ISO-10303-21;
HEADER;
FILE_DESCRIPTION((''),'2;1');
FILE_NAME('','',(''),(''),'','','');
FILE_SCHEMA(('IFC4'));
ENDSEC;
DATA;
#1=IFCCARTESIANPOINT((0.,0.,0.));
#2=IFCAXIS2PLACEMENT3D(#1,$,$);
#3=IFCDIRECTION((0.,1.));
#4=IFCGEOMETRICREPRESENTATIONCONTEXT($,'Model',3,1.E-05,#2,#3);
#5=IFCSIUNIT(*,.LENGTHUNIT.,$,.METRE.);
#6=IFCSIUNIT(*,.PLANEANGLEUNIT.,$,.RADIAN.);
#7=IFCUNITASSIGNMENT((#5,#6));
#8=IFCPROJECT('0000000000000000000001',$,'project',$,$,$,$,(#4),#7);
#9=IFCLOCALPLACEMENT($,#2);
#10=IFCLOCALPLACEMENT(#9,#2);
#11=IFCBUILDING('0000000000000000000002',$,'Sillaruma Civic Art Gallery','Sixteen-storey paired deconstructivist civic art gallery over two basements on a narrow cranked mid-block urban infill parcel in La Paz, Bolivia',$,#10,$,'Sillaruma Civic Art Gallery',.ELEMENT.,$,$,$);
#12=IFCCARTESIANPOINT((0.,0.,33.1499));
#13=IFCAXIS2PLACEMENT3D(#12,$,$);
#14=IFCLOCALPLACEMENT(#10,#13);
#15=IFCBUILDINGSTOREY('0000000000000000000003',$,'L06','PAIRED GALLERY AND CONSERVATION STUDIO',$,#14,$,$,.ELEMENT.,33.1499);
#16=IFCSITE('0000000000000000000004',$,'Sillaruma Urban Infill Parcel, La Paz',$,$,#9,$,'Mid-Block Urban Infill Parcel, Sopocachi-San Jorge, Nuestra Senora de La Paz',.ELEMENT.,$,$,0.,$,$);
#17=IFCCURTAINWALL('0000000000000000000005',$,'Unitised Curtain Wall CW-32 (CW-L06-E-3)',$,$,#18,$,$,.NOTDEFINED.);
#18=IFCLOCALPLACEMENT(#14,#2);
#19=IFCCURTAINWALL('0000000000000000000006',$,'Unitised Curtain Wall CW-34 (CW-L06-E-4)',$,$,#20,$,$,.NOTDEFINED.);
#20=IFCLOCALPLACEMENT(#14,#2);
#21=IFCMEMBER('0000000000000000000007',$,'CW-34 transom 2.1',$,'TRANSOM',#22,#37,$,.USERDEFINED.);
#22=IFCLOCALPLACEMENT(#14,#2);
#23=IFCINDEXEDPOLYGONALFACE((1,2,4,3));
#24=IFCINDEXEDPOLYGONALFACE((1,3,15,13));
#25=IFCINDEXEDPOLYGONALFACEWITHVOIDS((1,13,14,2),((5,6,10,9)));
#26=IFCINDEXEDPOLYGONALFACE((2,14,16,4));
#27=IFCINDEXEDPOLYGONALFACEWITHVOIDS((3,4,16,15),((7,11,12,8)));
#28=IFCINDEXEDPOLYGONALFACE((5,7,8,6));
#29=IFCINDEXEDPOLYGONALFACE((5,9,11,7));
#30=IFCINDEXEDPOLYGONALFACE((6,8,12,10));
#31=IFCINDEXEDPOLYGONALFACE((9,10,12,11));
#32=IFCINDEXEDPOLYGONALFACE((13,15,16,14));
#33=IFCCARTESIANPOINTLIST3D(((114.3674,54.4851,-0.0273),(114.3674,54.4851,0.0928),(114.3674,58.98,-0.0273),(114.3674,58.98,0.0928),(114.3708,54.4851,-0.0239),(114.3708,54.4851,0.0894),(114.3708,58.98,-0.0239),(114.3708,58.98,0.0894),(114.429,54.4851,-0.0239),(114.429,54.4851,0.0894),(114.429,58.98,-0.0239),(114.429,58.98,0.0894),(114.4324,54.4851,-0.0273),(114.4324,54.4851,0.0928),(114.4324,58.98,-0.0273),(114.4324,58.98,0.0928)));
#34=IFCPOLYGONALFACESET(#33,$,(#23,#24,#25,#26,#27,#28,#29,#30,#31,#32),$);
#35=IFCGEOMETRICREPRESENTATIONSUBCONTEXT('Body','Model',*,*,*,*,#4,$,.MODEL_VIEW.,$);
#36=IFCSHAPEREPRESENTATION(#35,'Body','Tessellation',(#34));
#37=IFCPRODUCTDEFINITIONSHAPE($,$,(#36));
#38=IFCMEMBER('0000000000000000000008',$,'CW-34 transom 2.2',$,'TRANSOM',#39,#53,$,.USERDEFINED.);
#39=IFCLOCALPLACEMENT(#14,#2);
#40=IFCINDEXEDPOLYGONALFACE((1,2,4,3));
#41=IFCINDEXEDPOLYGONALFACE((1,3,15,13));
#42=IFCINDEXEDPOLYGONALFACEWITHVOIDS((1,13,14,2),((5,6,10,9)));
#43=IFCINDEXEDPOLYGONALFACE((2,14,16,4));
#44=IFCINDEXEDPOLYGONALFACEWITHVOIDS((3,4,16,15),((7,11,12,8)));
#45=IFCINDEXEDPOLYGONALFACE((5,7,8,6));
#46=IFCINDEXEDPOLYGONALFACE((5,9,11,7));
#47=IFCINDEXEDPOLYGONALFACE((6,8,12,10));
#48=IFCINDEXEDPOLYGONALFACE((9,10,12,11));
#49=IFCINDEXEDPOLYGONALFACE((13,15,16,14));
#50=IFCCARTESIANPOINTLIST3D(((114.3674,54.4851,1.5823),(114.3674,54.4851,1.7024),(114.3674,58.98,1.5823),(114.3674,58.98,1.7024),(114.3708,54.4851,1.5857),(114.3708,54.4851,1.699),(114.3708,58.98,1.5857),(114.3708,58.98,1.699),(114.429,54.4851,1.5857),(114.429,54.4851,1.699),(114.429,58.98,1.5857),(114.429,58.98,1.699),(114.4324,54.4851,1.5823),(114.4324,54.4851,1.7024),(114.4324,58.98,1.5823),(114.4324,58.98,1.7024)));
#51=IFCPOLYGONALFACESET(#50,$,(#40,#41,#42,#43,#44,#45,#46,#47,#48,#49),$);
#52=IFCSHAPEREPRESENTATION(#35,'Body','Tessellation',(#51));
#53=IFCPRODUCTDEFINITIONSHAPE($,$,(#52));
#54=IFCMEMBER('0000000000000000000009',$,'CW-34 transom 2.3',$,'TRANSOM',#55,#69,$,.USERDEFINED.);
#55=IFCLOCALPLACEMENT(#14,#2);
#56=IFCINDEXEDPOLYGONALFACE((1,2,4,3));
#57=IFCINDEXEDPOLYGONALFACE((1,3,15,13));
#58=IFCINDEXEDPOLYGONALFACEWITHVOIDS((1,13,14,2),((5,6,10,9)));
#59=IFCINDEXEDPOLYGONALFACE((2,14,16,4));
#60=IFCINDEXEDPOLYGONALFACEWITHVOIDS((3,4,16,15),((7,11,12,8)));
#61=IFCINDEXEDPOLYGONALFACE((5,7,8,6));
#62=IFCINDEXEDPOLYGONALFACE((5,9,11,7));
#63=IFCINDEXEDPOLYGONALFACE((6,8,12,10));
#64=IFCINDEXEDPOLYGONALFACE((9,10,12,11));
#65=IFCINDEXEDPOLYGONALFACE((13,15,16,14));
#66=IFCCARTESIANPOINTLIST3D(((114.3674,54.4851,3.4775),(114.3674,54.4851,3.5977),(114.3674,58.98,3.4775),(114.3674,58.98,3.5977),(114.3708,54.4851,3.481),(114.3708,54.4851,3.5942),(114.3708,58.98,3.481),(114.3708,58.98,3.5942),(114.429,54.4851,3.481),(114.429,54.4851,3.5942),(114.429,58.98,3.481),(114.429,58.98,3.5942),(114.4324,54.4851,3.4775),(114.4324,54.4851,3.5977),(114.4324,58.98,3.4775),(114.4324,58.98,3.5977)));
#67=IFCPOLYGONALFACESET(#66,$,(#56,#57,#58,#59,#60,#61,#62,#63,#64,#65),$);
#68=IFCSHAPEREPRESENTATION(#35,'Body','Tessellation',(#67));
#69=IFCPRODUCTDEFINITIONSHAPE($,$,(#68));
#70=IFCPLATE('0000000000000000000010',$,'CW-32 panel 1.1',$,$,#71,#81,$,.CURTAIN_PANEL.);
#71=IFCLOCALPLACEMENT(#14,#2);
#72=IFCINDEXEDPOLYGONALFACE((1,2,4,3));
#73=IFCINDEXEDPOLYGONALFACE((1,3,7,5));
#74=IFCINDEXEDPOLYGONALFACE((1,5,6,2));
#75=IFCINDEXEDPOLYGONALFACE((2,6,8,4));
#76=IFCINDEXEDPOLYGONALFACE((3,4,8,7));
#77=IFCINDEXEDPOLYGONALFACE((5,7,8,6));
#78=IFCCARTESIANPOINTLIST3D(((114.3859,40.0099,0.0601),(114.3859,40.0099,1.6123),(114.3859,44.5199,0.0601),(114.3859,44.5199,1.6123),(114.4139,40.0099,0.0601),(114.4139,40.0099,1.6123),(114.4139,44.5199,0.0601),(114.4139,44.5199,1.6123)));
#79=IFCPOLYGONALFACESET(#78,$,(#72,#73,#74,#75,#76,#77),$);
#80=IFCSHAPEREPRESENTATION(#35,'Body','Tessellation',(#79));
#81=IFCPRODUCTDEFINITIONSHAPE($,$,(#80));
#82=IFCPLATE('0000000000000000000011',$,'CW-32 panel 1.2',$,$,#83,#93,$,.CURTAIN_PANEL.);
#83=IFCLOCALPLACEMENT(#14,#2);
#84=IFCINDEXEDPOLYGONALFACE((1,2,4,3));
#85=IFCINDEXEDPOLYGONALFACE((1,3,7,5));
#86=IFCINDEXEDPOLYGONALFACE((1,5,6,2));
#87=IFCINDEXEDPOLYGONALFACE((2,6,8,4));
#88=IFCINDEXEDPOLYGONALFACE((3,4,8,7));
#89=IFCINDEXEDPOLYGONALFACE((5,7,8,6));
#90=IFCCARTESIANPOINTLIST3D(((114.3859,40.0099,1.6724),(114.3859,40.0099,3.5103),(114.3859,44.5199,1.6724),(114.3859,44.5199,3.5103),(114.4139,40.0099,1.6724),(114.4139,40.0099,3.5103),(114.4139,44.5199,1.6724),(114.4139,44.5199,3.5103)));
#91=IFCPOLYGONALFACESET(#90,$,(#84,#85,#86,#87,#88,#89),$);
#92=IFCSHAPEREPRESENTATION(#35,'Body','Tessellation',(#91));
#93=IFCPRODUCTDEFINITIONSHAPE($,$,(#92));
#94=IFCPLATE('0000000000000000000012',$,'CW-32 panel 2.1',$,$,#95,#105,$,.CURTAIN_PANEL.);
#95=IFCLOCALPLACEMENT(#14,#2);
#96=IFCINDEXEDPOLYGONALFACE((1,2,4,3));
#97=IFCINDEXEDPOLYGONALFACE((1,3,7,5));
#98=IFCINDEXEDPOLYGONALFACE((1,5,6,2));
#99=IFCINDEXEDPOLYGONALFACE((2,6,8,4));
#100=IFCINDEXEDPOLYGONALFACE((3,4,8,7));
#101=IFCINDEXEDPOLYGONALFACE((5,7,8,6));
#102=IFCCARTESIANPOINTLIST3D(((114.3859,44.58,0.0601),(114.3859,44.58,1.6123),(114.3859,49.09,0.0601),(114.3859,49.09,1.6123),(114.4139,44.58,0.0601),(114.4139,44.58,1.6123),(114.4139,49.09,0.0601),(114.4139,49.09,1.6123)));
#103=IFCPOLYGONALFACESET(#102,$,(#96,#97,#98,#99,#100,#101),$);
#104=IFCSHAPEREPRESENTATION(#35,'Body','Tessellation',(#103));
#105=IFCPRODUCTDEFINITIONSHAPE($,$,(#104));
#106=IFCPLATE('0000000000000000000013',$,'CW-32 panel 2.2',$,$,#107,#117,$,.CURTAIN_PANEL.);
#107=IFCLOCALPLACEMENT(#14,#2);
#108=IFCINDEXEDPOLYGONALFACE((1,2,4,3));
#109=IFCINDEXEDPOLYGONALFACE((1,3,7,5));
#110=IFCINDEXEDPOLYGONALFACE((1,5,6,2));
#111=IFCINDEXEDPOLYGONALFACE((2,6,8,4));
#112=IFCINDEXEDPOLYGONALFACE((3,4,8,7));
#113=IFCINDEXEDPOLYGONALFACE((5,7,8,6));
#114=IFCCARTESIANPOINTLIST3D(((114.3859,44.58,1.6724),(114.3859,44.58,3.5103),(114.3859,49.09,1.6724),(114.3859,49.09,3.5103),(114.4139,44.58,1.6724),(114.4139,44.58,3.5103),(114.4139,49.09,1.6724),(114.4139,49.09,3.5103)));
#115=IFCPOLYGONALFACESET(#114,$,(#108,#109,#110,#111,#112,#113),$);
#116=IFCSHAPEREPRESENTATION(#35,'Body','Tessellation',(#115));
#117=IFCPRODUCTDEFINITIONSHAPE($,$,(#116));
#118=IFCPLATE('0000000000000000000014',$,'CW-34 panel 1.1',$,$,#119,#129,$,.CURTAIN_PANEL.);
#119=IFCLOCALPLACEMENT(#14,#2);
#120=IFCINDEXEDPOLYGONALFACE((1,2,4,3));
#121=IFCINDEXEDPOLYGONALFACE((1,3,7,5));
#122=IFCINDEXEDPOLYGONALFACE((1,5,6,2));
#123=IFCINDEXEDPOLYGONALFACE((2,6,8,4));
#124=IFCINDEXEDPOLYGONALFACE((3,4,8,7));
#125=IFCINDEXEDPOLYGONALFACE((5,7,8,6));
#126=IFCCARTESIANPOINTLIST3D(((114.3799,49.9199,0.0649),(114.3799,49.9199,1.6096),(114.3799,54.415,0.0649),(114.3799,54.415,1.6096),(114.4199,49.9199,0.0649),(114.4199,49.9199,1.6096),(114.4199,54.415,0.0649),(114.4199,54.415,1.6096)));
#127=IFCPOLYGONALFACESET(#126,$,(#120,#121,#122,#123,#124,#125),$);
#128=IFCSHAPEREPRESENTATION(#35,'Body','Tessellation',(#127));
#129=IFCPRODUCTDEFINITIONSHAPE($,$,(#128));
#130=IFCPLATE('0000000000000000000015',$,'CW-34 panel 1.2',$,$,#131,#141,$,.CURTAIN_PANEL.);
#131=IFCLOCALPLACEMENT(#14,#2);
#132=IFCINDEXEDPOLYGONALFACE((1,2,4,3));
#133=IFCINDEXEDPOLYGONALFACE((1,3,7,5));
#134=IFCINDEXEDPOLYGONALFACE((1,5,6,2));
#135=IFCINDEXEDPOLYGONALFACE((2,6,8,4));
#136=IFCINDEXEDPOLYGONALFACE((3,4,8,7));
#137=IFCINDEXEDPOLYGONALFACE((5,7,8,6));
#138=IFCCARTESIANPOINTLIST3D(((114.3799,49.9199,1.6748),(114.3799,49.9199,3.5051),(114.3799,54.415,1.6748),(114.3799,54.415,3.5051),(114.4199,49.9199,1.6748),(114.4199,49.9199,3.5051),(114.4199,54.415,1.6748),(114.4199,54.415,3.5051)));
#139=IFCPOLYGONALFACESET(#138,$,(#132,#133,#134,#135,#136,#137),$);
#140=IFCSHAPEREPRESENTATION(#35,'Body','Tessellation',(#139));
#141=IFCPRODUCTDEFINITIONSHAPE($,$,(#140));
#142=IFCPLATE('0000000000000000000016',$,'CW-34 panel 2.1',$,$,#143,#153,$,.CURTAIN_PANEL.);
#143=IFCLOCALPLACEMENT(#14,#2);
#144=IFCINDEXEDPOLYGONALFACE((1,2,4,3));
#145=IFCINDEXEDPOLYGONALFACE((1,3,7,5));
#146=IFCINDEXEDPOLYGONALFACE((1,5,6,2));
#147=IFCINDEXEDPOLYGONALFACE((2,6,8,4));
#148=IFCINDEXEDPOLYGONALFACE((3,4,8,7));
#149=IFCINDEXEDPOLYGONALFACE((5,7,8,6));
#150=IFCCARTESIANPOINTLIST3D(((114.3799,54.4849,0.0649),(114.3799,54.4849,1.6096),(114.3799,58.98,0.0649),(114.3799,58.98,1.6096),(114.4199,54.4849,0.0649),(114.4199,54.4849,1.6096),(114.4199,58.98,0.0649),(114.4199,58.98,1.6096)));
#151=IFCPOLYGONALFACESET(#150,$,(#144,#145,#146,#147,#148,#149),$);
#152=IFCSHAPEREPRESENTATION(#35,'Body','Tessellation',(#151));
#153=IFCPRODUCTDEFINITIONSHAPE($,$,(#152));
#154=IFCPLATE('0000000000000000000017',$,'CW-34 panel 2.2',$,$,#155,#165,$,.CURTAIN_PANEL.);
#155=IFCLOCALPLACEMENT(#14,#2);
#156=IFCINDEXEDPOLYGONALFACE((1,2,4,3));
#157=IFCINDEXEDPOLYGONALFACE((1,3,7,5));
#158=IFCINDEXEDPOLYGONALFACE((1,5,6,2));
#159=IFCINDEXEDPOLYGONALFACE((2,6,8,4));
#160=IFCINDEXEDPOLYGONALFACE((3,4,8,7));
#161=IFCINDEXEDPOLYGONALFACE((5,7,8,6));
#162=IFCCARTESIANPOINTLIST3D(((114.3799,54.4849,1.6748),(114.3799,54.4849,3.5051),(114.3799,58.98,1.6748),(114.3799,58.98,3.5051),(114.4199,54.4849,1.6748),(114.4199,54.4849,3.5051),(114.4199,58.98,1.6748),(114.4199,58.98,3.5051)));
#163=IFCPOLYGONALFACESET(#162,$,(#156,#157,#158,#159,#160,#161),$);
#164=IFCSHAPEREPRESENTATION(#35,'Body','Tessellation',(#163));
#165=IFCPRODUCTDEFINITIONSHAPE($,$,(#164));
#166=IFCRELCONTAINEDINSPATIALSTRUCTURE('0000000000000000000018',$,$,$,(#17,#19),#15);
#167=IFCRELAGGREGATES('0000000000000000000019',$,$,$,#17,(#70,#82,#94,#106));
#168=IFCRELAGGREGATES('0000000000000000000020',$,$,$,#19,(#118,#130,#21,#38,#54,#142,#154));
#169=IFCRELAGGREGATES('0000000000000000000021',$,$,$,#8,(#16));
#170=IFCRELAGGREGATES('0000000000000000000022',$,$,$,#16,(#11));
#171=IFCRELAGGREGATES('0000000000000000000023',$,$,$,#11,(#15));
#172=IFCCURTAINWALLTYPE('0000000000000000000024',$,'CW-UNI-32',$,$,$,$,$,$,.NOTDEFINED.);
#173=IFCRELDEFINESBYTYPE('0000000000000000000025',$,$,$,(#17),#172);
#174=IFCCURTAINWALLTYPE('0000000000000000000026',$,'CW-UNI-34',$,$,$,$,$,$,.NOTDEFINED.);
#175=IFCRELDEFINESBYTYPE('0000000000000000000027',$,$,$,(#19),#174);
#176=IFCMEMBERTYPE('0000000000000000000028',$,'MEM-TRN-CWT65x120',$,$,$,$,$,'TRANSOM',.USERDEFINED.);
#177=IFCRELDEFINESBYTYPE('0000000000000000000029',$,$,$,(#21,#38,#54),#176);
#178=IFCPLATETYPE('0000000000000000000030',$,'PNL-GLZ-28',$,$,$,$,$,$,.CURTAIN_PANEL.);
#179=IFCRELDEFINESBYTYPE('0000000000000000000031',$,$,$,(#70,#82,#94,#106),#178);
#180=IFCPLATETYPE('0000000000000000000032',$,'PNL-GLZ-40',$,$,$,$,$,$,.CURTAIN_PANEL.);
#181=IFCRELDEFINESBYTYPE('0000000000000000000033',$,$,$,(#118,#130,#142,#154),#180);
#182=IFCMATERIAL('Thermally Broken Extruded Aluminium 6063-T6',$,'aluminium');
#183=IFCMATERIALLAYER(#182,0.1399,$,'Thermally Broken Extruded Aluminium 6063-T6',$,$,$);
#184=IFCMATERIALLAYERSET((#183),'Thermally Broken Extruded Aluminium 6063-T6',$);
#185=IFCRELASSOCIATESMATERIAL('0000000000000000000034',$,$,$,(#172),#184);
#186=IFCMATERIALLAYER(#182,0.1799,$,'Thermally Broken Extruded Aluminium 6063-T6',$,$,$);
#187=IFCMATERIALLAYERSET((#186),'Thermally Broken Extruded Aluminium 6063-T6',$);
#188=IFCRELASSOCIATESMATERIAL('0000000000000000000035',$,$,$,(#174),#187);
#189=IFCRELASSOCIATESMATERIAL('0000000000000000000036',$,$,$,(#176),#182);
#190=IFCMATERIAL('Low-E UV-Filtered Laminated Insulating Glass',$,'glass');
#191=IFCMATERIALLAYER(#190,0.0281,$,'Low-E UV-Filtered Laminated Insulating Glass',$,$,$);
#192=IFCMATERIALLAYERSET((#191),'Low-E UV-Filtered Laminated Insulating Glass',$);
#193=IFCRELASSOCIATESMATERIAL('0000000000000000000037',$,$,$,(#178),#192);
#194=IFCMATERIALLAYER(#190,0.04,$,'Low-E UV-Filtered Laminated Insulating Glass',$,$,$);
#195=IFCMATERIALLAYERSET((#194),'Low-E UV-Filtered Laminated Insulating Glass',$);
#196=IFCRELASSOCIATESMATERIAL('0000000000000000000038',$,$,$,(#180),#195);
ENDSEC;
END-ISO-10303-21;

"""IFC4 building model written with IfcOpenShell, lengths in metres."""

from ifc_helpers import new_model, si_unit, direction, frame, origin, origin_2d, place, context, subcontext, project, spatial, rectangle, hollow_rectangle, extrude, material, layer, layer_set, material_profile, profile_set, type_object, element, aggregate, save


model = new_model("IFC4")

# Units and contexts
model_context = context("Model", 3, precision=1e-05, world=origin(), true_north=direction((0.0, 1.0)))
body_context = subcontext(model_context, "Body", "Model", "MODEL_VIEW")
ifc_project = project(units=[si_unit("LENGTHUNIT", "METRE"), si_unit("PLANEANGLEUNIT", "RADIAN")], contexts=[model_context])

# Site, building, storey
site_placement = place(None, origin())
site = spatial("IfcSite", under=ifc_project, at=site_placement, Name="Sillaruma Urban Infill Parcel, La Paz", LongName="Mid-Block Urban Infill Parcel, Sopocachi-San Jorge, Nuestra Senora de La Paz", CompositionType="ELEMENT", RefElevation=0.0)
building_placement = place(site_placement, origin())
building = spatial("IfcBuilding", under=site, at=building_placement, Name="Sillaruma Civic Art Gallery", Description="Sixteen-storey paired deconstructivist civic art gallery over two basements on a narrow cranked mid-block urban infill parcel in La Paz, Bolivia", LongName="Sillaruma Civic Art Gallery", CompositionType="ELEMENT")
storey_placement = place(building_placement, frame((0.0, 0.0, 33.1499)))
storey = spatial("IfcBuildingStorey", under=building, at=storey_placement, Name="L06", Description="PAIRED GALLERY AND CONSERVATION STUDIO", CompositionType="ELEMENT", Elevation=33.1499)

# Curtain walls
ifc_material_1 = material(Name="Thermally Broken Extruded Aluminium 6063-T6", Category="aluminium")
ifc_layer_1 = layer(ifc_material_1, 0.1399, Name="Thermally Broken Extruded Aluminium 6063-T6")
ifc_layer_set_1 = layer_set([ifc_layer_1], Name="Thermally Broken Extruded Aluminium 6063-T6")
curtain_wall_type_1 = type_object("IfcCurtainWallType", Name="CW-UNI-32", PredefinedType="NOTDEFINED", material=ifc_layer_set_1)
curtain_wall_1_placement = place(storey_placement, origin())
curtain_wall_1 = element("IfcCurtainWall", 1, at=curtain_wall_1_placement, inside=storey, type_object=curtain_wall_type_1, Name="Unitised Curtain Wall CW-32 (CW-L06-E-3)", PredefinedType="NOTDEFINED")
ifc_layer_2 = layer(ifc_material_1, 0.1799, Name="Thermally Broken Extruded Aluminium 6063-T6")
ifc_layer_set_2 = layer_set([ifc_layer_2], Name="Thermally Broken Extruded Aluminium 6063-T6")
curtain_wall_type_2 = type_object("IfcCurtainWallType", Name="CW-UNI-34", PredefinedType="NOTDEFINED", material=ifc_layer_set_2)
curtain_wall_2_placement = place(storey_placement, origin())
curtain_wall_2 = element("IfcCurtainWall", 2, at=curtain_wall_2_placement, inside=storey, type_object=curtain_wall_type_2, Name="Unitised Curtain Wall CW-34 (CW-L06-E-4)", PredefinedType="NOTDEFINED")

# Members
ifc_material_profile_1 = material_profile(ifc_material_1, hollow_rectangle(XDim=0.0649, YDim=0.1201, WallThickness=0.0034, at=origin_2d()), Name="CWT65x120")
ifc_profile_set_1 = profile_set([ifc_material_profile_1], Name="Thermally Broken Extruded Aluminium 6063-T6")
member_type_1 = type_object("IfcMemberType", Name="MEM-TRN-CWT65x120", ElementType="TRANSOM", PredefinedType="USERDEFINED", material=ifc_profile_set_1)
member_1_placement = place(storey_placement, frame((114.3999, 54.4851, 0.0327), z_axis=(0.0, 1.0, 0.0), x_axis=(-1.0, 0.0, 0.0)))
member_1 = element("IfcMember", 3, at=member_1_placement, type_object=member_type_1, Name="CW-34 transom 2.1", ObjectType="TRANSOM", PredefinedType="USERDEFINED", context=body_context, shape_type="SweptSolid", body=[
    extrude(hollow_rectangle(XDim=0.0649, YDim=0.1201, WallThickness=0.0034, at=origin_2d()), origin(), (0.0, 0.0, 1.0), 4.4949),
])
member_2_placement = place(storey_placement, frame((114.3999, 54.4851, 1.6423), z_axis=(0.0, 1.0, 0.0), x_axis=(-1.0, 0.0, 0.0)))
member_2 = element("IfcMember", 4, at=member_2_placement, type_object=member_type_1, Name="CW-34 transom 2.2", ObjectType="TRANSOM", PredefinedType="USERDEFINED", context=body_context, shape_type="SweptSolid", body=[
    extrude(hollow_rectangle(XDim=0.0649, YDim=0.1201, WallThickness=0.0034, at=origin_2d()), origin(), (0.0, 0.0, 1.0), 4.4949),
])
member_3_placement = place(storey_placement, frame((114.3999, 54.4851, 3.5376), z_axis=(0.0, 1.0, 0.0), x_axis=(-1.0, 0.0, 0.0)))
member_3 = element("IfcMember", 5, at=member_3_placement, type_object=member_type_1, Name="CW-34 transom 2.3", ObjectType="TRANSOM", PredefinedType="USERDEFINED", context=body_context, shape_type="SweptSolid", body=[
    extrude(hollow_rectangle(XDim=0.0649, YDim=0.1201, WallThickness=0.0034, at=origin_2d()), origin(), (0.0, 0.0, 1.0), 4.4949),
])

# Plates
ifc_material_2 = material(Name="Low-E UV-Filtered Laminated Insulating Glass", Category="glass")
ifc_layer_3 = layer(ifc_material_2, 0.0281, Name="Low-E UV-Filtered Laminated Insulating Glass")
ifc_layer_set_3 = layer_set([ifc_layer_3], Name="Low-E UV-Filtered Laminated Insulating Glass")
plate_type_1 = type_object("IfcPlateType", Name="PNL-GLZ-28", PredefinedType="CURTAIN_PANEL", material=ifc_layer_set_3)
plate_1_placement = place(storey_placement, frame((114.3999, 42.2649, 0.0601), z_axis=(0.0, 0.0, 1.0), x_axis=(0.0, 1.0, 0.0)))
plate_1 = element("IfcPlate", 6, at=plate_1_placement, type_object=plate_type_1, Name="CW-32 panel 1.1", PredefinedType="CURTAIN_PANEL", context=body_context, shape_type="SweptSolid", body=[
    extrude(rectangle(XDim=4.51, YDim=0.0281, at=origin_2d()), origin(), (0.0, 0.0, 1.0), 1.5522),
])
plate_2_placement = place(storey_placement, frame((114.3999, 42.2649, 1.6724), z_axis=(0.0, 0.0, 1.0), x_axis=(0.0, 1.0, 0.0)))
plate_2 = element("IfcPlate", 7, at=plate_2_placement, type_object=plate_type_1, Name="CW-32 panel 1.2", PredefinedType="CURTAIN_PANEL", context=body_context, shape_type="SweptSolid", body=[
    extrude(rectangle(XDim=4.51, YDim=0.0281, at=origin_2d()), origin(), (0.0, 0.0, 1.0), 1.8379),
])
plate_3_placement = place(storey_placement, frame((114.3999, 46.835, 0.0601), z_axis=(0.0, 0.0, 1.0), x_axis=(0.0, 1.0, 0.0)))
plate_3 = element("IfcPlate", 8, at=plate_3_placement, type_object=plate_type_1, Name="CW-32 panel 2.1", PredefinedType="CURTAIN_PANEL", context=body_context, shape_type="SweptSolid", body=[
    extrude(rectangle(XDim=4.51, YDim=0.0281, at=origin_2d()), origin(), (0.0, 0.0, 1.0), 1.5522),
])
plate_4_placement = place(storey_placement, frame((114.3999, 46.835, 1.6724), z_axis=(0.0, 0.0, 1.0), x_axis=(0.0, 1.0, 0.0)))
plate_4 = element("IfcPlate", 9, at=plate_4_placement, type_object=plate_type_1, Name="CW-32 panel 2.2", PredefinedType="CURTAIN_PANEL", context=body_context, shape_type="SweptSolid", body=[
    extrude(rectangle(XDim=4.51, YDim=0.0281, at=origin_2d()), origin(), (0.0, 0.0, 1.0), 1.8379),
])
aggregate(curtain_wall_1, [plate_1, plate_2, plate_3, plate_4])
ifc_layer_4 = layer(ifc_material_2, 0.04, Name="Low-E UV-Filtered Laminated Insulating Glass")
ifc_layer_set_4 = layer_set([ifc_layer_4], Name="Low-E UV-Filtered Laminated Insulating Glass")
plate_type_2 = type_object("IfcPlateType", Name="PNL-GLZ-40", PredefinedType="CURTAIN_PANEL", material=ifc_layer_set_4)
plate_5_placement = place(storey_placement, frame((114.3999, 52.1675, 0.0649), z_axis=(0.0, 0.0, 1.0), x_axis=(0.0, 1.0, 0.0)))
plate_5 = element("IfcPlate", 10, at=plate_5_placement, type_object=plate_type_2, Name="CW-34 panel 1.1", PredefinedType="CURTAIN_PANEL", context=body_context, shape_type="SweptSolid", body=[
    extrude(rectangle(XDim=4.4951, YDim=0.04, at=origin_2d()), origin(), (0.0, 0.0, 1.0), 1.5447),
])
plate_6_placement = place(storey_placement, frame((114.3999, 52.1675, 1.6748), z_axis=(0.0, 0.0, 1.0), x_axis=(0.0, 1.0, 0.0)))
plate_6 = element("IfcPlate", 11, at=plate_6_placement, type_object=plate_type_2, Name="CW-34 panel 1.2", PredefinedType="CURTAIN_PANEL", context=body_context, shape_type="SweptSolid", body=[
    extrude(rectangle(XDim=4.4951, YDim=0.04, at=origin_2d()), origin(), (0.0, 0.0, 1.0), 1.8303),
])
plate_7_placement = place(storey_placement, frame((114.3999, 56.7324, 0.0649), z_axis=(0.0, 0.0, 1.0), x_axis=(0.0, 1.0, 0.0)))
plate_7 = element("IfcPlate", 12, at=plate_7_placement, type_object=plate_type_2, Name="CW-34 panel 2.1", PredefinedType="CURTAIN_PANEL", context=body_context, shape_type="SweptSolid", body=[
    extrude(rectangle(XDim=4.4951, YDim=0.04, at=origin_2d()), origin(), (0.0, 0.0, 1.0), 1.5447),
])
plate_8_placement = place(storey_placement, frame((114.3999, 56.7324, 1.6748), z_axis=(0.0, 0.0, 1.0), x_axis=(0.0, 1.0, 0.0)))
plate_8 = element("IfcPlate", 13, at=plate_8_placement, type_object=plate_type_2, Name="CW-34 panel 2.2", PredefinedType="CURTAIN_PANEL", context=body_context, shape_type="SweptSolid", body=[
    extrude(rectangle(XDim=4.4951, YDim=0.04, at=origin_2d()), origin(), (0.0, 0.0, 1.0), 1.8303),
])
aggregate(curtain_wall_2, [plate_5, plate_6, member_1, member_2, member_3, plate_7, plate_8])

save(model, "model.ifc")
